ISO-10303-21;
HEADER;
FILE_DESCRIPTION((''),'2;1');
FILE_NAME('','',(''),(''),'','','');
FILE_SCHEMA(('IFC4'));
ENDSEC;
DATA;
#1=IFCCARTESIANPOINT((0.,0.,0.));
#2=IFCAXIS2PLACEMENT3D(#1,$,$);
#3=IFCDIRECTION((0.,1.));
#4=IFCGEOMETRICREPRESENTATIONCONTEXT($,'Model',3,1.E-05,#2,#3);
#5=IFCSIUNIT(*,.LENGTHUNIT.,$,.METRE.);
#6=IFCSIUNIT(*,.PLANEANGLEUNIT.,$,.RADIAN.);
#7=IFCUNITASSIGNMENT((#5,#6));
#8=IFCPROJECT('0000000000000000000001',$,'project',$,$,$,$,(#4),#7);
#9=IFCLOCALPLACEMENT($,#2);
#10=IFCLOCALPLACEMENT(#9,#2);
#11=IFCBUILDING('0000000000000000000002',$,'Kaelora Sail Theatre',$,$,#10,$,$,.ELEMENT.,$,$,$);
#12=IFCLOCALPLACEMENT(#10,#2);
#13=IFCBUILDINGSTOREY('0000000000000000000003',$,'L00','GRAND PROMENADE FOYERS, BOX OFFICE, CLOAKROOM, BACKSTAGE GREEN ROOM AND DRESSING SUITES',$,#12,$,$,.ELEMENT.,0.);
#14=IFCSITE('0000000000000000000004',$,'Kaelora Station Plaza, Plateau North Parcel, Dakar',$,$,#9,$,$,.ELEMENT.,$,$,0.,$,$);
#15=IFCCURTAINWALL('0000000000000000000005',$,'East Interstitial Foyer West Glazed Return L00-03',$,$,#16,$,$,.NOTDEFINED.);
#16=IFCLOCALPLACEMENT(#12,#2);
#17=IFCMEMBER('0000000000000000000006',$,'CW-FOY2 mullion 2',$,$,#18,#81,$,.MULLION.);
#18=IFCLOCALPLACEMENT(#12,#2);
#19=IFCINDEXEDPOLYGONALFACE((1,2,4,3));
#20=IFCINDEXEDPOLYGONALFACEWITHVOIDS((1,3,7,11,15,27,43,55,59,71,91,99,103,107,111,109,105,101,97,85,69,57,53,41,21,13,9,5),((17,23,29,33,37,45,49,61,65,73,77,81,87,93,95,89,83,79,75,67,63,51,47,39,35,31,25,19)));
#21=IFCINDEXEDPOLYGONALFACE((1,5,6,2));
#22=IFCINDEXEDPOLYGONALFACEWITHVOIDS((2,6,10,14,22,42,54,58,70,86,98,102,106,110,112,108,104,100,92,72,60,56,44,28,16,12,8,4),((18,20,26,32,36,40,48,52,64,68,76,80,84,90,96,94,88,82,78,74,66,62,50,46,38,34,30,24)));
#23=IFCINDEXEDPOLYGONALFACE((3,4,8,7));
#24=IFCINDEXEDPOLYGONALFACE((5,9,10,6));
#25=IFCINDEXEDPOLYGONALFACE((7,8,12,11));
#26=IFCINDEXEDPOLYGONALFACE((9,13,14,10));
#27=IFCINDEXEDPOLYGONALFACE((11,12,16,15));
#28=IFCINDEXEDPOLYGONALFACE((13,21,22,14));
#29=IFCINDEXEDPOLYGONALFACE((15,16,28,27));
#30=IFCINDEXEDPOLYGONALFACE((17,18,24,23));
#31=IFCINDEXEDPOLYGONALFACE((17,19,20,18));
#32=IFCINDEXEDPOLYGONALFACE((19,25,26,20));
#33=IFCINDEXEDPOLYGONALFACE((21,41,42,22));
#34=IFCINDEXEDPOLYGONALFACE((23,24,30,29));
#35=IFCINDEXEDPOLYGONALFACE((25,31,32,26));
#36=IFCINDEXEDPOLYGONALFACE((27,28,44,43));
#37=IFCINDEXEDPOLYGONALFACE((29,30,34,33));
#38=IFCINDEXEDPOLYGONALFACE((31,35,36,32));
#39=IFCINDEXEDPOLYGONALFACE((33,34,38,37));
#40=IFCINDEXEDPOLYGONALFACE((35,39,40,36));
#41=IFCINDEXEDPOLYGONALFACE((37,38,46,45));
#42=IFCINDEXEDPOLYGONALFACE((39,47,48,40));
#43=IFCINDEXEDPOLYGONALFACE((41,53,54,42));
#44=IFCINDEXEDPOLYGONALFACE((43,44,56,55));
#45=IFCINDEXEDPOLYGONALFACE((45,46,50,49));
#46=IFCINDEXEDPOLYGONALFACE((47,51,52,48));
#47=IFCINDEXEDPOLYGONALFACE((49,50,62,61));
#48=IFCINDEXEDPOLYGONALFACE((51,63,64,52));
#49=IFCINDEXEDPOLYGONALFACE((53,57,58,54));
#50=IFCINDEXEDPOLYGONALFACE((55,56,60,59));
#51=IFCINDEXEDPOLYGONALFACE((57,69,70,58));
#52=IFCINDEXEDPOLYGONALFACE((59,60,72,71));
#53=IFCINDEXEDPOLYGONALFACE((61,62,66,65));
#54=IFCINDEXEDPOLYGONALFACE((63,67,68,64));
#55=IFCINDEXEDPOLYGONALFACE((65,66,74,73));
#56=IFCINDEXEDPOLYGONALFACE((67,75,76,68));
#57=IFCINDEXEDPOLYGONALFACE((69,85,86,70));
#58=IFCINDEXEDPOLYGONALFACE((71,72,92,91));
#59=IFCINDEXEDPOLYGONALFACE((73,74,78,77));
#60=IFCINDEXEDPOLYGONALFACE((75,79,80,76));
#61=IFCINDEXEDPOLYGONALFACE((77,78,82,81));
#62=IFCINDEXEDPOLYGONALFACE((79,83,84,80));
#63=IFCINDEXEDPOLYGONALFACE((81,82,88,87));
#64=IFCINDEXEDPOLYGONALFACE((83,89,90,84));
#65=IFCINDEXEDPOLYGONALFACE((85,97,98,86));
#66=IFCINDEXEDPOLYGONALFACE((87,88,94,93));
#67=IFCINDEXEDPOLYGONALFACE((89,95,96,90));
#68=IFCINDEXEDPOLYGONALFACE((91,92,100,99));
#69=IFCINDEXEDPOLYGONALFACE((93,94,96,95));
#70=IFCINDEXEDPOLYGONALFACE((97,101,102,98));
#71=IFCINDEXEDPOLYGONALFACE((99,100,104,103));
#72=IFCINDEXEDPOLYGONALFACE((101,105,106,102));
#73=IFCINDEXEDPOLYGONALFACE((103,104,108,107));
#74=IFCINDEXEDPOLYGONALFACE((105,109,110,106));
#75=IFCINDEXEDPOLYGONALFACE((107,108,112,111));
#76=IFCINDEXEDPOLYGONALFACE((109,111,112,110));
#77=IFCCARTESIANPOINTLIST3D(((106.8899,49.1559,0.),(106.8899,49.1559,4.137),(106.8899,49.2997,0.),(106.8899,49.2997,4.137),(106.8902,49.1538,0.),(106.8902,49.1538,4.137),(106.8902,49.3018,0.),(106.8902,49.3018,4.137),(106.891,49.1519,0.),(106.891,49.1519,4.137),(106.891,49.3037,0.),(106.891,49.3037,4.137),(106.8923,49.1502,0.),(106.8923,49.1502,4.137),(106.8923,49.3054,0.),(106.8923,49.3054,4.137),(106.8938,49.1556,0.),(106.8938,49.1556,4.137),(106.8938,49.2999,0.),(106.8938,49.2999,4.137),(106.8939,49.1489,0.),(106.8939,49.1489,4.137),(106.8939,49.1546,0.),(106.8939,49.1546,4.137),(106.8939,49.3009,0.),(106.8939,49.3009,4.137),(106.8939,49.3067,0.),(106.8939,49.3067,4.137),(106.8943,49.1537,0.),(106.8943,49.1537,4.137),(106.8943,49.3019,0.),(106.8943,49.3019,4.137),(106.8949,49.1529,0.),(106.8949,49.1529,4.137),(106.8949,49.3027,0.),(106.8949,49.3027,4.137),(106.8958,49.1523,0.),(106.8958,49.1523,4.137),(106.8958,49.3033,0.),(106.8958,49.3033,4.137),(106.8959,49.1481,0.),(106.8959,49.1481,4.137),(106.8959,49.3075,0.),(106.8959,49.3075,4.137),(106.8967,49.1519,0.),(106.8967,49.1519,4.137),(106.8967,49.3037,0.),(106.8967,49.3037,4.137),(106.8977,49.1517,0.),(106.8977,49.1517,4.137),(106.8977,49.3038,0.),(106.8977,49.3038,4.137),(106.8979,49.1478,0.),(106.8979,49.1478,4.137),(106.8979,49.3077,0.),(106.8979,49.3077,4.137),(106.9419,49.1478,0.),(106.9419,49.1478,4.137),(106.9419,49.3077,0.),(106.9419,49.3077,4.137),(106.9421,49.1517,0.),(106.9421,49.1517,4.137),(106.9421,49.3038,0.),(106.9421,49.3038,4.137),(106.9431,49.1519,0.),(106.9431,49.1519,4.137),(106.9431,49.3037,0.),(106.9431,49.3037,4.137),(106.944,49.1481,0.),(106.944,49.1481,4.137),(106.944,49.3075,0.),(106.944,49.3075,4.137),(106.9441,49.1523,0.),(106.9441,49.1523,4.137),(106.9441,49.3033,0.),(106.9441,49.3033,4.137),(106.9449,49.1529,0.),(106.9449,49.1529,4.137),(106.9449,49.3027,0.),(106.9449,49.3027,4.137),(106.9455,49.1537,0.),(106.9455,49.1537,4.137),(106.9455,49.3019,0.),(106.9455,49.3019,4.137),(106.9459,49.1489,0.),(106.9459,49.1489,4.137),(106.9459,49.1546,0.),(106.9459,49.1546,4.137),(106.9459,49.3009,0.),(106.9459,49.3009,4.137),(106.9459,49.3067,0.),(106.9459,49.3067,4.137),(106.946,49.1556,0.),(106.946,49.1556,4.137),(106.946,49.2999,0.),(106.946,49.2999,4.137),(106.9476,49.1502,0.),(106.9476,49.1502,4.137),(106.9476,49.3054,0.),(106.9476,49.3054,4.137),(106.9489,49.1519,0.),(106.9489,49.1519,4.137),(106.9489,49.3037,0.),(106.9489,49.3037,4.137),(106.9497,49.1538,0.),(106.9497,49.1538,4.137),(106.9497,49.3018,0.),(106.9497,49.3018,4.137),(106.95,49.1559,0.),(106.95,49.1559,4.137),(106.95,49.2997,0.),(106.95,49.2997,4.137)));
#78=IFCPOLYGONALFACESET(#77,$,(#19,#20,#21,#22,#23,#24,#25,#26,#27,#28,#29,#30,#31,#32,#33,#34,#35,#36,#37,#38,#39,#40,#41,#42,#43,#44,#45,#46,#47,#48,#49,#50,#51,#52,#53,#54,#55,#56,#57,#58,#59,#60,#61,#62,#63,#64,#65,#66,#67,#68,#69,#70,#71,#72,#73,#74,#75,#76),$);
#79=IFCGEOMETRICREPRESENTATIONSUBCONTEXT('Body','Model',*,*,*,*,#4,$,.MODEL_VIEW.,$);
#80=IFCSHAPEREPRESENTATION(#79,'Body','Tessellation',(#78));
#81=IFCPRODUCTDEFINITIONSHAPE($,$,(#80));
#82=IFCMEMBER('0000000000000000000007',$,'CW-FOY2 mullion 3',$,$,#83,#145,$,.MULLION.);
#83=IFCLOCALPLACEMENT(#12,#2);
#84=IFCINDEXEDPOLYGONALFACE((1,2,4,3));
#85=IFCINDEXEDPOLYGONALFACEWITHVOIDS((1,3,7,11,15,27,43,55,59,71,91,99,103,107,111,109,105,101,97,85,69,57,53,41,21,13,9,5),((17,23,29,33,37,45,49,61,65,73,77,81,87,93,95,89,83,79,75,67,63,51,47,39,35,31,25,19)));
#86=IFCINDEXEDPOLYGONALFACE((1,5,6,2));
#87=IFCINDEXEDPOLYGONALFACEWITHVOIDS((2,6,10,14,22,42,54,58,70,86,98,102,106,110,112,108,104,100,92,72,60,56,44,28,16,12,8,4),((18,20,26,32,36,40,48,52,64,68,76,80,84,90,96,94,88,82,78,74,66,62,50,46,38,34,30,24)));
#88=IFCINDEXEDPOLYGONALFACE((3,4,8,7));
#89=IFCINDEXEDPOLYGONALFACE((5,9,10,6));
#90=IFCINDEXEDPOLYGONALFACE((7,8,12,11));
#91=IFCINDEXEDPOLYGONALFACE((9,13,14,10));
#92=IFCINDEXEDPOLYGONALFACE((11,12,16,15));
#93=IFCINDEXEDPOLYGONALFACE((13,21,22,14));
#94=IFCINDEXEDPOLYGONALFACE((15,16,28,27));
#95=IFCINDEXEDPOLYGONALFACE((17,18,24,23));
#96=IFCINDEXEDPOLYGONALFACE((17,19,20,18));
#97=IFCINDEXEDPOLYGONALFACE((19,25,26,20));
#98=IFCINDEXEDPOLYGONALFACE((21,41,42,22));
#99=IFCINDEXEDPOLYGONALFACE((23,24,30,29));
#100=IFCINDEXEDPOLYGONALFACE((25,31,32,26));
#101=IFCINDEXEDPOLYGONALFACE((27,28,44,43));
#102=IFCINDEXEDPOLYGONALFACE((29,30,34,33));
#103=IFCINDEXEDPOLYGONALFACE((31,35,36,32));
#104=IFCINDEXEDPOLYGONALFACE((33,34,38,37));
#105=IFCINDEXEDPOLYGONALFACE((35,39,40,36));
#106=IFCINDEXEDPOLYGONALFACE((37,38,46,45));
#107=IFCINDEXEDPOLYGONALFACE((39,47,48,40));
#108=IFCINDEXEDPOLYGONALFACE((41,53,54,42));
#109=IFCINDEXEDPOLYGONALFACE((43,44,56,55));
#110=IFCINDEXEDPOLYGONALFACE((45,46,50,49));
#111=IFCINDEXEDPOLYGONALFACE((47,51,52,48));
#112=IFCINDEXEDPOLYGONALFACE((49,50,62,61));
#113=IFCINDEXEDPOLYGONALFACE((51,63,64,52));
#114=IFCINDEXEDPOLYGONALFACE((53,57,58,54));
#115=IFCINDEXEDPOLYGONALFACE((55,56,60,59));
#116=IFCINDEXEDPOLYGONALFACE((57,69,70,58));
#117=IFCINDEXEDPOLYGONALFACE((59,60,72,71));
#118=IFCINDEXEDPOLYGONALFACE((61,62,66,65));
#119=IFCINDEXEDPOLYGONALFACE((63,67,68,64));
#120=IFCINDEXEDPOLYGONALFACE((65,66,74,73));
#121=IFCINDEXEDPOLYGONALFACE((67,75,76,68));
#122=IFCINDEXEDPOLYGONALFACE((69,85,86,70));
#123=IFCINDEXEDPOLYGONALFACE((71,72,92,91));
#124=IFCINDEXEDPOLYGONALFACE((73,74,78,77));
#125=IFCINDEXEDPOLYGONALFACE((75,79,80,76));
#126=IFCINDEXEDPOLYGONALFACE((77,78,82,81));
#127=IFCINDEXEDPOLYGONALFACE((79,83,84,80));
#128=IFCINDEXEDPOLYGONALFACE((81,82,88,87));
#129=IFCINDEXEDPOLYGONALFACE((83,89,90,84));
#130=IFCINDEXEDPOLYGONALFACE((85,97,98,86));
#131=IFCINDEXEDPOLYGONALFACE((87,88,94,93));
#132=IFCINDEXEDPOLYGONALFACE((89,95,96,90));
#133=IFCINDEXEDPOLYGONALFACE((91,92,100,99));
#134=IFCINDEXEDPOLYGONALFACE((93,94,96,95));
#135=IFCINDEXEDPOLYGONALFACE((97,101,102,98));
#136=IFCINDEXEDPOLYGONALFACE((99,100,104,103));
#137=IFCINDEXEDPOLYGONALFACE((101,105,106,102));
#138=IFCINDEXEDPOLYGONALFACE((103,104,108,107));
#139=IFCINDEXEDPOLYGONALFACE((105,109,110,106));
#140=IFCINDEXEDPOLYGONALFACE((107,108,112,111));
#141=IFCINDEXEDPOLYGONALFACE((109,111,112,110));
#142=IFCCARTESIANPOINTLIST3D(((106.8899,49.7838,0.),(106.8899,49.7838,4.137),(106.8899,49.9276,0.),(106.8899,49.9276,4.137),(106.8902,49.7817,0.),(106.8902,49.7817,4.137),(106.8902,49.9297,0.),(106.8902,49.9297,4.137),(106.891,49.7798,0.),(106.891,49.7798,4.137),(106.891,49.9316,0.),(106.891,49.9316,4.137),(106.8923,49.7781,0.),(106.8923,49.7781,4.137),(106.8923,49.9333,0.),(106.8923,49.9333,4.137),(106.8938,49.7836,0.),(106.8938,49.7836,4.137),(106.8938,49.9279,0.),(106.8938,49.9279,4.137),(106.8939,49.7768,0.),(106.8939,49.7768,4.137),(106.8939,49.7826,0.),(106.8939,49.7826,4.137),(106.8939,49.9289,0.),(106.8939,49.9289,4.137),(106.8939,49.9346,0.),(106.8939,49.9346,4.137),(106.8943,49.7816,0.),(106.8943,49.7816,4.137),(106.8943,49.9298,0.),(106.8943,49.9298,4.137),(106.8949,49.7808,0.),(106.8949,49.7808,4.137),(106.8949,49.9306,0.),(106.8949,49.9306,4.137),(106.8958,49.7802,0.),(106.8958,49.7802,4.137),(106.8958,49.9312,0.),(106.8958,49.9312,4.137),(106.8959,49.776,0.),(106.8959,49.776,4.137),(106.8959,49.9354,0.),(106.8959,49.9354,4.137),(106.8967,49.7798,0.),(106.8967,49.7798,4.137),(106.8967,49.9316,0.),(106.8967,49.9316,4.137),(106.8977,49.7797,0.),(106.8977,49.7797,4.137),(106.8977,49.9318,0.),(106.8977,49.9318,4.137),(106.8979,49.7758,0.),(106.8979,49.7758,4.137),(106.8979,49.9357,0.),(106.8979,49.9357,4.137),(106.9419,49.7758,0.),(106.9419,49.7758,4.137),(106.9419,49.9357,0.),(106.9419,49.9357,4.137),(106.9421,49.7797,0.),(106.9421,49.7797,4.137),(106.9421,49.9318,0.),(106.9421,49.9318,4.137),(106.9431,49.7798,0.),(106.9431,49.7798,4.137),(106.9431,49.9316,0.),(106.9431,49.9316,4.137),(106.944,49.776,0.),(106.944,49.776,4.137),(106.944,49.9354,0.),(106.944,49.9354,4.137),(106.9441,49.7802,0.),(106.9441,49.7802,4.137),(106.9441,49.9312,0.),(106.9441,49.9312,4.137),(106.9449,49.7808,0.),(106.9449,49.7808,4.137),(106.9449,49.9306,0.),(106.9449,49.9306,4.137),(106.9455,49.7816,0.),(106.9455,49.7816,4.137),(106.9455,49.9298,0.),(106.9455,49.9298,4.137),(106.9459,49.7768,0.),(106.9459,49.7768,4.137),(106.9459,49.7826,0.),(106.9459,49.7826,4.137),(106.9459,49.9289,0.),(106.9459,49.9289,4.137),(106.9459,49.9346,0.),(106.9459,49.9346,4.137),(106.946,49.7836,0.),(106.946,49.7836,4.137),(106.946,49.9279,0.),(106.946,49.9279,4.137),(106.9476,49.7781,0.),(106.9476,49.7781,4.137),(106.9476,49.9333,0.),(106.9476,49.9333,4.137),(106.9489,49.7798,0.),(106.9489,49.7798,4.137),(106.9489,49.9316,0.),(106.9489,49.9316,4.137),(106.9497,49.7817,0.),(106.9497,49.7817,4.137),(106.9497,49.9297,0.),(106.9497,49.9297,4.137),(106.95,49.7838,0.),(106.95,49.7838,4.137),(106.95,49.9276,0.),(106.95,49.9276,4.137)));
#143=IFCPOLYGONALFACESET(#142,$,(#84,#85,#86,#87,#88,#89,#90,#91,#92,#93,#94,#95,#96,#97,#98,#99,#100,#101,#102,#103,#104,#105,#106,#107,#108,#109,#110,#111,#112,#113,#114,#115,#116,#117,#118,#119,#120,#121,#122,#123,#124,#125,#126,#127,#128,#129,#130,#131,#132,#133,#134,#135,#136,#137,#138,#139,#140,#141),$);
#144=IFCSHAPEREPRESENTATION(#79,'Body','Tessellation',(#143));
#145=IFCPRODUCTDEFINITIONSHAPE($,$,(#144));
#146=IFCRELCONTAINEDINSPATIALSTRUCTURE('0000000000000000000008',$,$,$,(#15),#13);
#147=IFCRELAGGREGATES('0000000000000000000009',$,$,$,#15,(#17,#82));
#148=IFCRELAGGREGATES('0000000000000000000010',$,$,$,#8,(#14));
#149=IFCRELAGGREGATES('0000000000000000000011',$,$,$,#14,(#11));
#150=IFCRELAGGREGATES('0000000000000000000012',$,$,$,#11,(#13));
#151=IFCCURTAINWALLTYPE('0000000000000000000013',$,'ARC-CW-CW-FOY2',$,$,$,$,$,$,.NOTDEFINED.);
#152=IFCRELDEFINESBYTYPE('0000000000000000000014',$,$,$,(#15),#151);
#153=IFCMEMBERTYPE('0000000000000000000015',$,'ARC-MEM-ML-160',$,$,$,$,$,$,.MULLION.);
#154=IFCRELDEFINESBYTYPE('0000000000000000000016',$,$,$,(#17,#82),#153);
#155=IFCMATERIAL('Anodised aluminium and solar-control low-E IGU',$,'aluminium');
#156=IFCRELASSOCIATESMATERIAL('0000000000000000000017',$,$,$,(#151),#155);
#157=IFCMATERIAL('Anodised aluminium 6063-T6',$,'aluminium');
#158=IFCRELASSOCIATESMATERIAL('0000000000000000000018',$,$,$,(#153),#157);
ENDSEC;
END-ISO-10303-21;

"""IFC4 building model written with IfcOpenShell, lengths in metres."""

from ifc_helpers import new_model, si_unit, direction, frame, origin, origin_2d, place, context, subcontext, project, spatial, hollow_rectangle, extrude, material, material_profile, profile_set, type_object, element, aggregate, save


model = new_model("IFC4")

# Units and contexts
model_context = context("Model", 3, precision=1e-05, world=origin(), true_north=direction((0.0, 1.0)))
body_context = subcontext(model_context, "Body", "Model", "MODEL_VIEW")
ifc_project = project(units=[si_unit("LENGTHUNIT", "METRE"), si_unit("PLANEANGLEUNIT", "RADIAN")], contexts=[model_context])

# Site, building, storey
site_placement = place(None, origin())
site = spatial("IfcSite", under=ifc_project, at=site_placement, Name="Kaelora Station Plaza, Plateau North Parcel, Dakar", CompositionType="ELEMENT", RefElevation=0.0)
building_placement = place(site_placement, origin())
building = spatial("IfcBuilding", under=site, at=building_placement, Name="Kaelora Sail Theatre", CompositionType="ELEMENT")
storey_placement = place(building_placement, origin())
storey = spatial("IfcBuildingStorey", under=building, at=storey_placement, Name="L00", Description="GRAND PROMENADE FOYERS, BOX OFFICE, CLOAKROOM, BACKSTAGE GREEN ROOM AND DRESSING SUITES", CompositionType="ELEMENT", Elevation=0.0)

# Shared definitions
ifc_material_1 = material(Name="Anodised aluminium and solar-control low-E IGU", Category="aluminium")
curtain_wall_type = type_object("IfcCurtainWallType", Name="ARC-CW-CW-FOY2", PredefinedType="NOTDEFINED", material=ifc_material_1)
ifc_material_2 = material(Name="Anodised aluminium 6063-T6", Category="aluminium")
ifc_material_profile_1 = material_profile(ifc_material_2, hollow_rectangle(XDim=0.0601, YDim=0.1599, WallThickness=0.0039, InnerFilletRadius=0.0039, OuterFilletRadius=0.0081, at=origin_2d()), Name="ALU-MULL 60x160x4")
ifc_profile_set_1 = profile_set([ifc_material_profile_1], Name="Anodised aluminium 6063-T6")
member_type_1 = type_object("IfcMemberType", Name="ARC-MEM-ML-160", PredefinedType="MULLION", material=ifc_profile_set_1)

# Curtain wall, members
curtain_wall_1_placement = place(storey_placement, origin())
curtain_wall_1 = element("IfcCurtainWall", 1, at=curtain_wall_1_placement, inside=storey, type_object=curtain_wall_type, Name="East Interstitial Foyer West Glazed Return L00-03", PredefinedType="NOTDEFINED")
member_1_placement = place(storey_placement, frame((106.9199, 49.2278, 0.0), z_axis=(0.0, 0.0, 1.0), x_axis=(-1.0, 0.0, 0.0)))
member_1 = element("IfcMember", 2, at=member_1_placement, type_object=member_type_1, Name="CW-FOY2 mullion 2", PredefinedType="MULLION", context=body_context, shape_type="SweptSolid", body=[
    extrude(hollow_rectangle(XDim=0.0601, YDim=0.1599, WallThickness=0.0039, InnerFilletRadius=0.0039, OuterFilletRadius=0.0081, at=origin_2d()), origin(), (0.0, 0.0, 1.0), 4.137),
])
member_2_placement = place(storey_placement, frame((106.9199, 49.8557, 0.0), z_axis=(0.0, 0.0, 1.0), x_axis=(-1.0, 0.0, 0.0)))
member_2 = element("IfcMember", 3, at=member_2_placement, type_object=member_type_1, Name="CW-FOY2 mullion 3", PredefinedType="MULLION", context=body_context, shape_type="SweptSolid", body=[
    extrude(hollow_rectangle(XDim=0.0601, YDim=0.1599, WallThickness=0.0039, InnerFilletRadius=0.0039, OuterFilletRadius=0.0081, at=origin_2d()), origin(), (0.0, 0.0, 1.0), 4.137),
])

aggregate(curtain_wall_1, [member_1, member_2])

save(model, "model.ifc")
